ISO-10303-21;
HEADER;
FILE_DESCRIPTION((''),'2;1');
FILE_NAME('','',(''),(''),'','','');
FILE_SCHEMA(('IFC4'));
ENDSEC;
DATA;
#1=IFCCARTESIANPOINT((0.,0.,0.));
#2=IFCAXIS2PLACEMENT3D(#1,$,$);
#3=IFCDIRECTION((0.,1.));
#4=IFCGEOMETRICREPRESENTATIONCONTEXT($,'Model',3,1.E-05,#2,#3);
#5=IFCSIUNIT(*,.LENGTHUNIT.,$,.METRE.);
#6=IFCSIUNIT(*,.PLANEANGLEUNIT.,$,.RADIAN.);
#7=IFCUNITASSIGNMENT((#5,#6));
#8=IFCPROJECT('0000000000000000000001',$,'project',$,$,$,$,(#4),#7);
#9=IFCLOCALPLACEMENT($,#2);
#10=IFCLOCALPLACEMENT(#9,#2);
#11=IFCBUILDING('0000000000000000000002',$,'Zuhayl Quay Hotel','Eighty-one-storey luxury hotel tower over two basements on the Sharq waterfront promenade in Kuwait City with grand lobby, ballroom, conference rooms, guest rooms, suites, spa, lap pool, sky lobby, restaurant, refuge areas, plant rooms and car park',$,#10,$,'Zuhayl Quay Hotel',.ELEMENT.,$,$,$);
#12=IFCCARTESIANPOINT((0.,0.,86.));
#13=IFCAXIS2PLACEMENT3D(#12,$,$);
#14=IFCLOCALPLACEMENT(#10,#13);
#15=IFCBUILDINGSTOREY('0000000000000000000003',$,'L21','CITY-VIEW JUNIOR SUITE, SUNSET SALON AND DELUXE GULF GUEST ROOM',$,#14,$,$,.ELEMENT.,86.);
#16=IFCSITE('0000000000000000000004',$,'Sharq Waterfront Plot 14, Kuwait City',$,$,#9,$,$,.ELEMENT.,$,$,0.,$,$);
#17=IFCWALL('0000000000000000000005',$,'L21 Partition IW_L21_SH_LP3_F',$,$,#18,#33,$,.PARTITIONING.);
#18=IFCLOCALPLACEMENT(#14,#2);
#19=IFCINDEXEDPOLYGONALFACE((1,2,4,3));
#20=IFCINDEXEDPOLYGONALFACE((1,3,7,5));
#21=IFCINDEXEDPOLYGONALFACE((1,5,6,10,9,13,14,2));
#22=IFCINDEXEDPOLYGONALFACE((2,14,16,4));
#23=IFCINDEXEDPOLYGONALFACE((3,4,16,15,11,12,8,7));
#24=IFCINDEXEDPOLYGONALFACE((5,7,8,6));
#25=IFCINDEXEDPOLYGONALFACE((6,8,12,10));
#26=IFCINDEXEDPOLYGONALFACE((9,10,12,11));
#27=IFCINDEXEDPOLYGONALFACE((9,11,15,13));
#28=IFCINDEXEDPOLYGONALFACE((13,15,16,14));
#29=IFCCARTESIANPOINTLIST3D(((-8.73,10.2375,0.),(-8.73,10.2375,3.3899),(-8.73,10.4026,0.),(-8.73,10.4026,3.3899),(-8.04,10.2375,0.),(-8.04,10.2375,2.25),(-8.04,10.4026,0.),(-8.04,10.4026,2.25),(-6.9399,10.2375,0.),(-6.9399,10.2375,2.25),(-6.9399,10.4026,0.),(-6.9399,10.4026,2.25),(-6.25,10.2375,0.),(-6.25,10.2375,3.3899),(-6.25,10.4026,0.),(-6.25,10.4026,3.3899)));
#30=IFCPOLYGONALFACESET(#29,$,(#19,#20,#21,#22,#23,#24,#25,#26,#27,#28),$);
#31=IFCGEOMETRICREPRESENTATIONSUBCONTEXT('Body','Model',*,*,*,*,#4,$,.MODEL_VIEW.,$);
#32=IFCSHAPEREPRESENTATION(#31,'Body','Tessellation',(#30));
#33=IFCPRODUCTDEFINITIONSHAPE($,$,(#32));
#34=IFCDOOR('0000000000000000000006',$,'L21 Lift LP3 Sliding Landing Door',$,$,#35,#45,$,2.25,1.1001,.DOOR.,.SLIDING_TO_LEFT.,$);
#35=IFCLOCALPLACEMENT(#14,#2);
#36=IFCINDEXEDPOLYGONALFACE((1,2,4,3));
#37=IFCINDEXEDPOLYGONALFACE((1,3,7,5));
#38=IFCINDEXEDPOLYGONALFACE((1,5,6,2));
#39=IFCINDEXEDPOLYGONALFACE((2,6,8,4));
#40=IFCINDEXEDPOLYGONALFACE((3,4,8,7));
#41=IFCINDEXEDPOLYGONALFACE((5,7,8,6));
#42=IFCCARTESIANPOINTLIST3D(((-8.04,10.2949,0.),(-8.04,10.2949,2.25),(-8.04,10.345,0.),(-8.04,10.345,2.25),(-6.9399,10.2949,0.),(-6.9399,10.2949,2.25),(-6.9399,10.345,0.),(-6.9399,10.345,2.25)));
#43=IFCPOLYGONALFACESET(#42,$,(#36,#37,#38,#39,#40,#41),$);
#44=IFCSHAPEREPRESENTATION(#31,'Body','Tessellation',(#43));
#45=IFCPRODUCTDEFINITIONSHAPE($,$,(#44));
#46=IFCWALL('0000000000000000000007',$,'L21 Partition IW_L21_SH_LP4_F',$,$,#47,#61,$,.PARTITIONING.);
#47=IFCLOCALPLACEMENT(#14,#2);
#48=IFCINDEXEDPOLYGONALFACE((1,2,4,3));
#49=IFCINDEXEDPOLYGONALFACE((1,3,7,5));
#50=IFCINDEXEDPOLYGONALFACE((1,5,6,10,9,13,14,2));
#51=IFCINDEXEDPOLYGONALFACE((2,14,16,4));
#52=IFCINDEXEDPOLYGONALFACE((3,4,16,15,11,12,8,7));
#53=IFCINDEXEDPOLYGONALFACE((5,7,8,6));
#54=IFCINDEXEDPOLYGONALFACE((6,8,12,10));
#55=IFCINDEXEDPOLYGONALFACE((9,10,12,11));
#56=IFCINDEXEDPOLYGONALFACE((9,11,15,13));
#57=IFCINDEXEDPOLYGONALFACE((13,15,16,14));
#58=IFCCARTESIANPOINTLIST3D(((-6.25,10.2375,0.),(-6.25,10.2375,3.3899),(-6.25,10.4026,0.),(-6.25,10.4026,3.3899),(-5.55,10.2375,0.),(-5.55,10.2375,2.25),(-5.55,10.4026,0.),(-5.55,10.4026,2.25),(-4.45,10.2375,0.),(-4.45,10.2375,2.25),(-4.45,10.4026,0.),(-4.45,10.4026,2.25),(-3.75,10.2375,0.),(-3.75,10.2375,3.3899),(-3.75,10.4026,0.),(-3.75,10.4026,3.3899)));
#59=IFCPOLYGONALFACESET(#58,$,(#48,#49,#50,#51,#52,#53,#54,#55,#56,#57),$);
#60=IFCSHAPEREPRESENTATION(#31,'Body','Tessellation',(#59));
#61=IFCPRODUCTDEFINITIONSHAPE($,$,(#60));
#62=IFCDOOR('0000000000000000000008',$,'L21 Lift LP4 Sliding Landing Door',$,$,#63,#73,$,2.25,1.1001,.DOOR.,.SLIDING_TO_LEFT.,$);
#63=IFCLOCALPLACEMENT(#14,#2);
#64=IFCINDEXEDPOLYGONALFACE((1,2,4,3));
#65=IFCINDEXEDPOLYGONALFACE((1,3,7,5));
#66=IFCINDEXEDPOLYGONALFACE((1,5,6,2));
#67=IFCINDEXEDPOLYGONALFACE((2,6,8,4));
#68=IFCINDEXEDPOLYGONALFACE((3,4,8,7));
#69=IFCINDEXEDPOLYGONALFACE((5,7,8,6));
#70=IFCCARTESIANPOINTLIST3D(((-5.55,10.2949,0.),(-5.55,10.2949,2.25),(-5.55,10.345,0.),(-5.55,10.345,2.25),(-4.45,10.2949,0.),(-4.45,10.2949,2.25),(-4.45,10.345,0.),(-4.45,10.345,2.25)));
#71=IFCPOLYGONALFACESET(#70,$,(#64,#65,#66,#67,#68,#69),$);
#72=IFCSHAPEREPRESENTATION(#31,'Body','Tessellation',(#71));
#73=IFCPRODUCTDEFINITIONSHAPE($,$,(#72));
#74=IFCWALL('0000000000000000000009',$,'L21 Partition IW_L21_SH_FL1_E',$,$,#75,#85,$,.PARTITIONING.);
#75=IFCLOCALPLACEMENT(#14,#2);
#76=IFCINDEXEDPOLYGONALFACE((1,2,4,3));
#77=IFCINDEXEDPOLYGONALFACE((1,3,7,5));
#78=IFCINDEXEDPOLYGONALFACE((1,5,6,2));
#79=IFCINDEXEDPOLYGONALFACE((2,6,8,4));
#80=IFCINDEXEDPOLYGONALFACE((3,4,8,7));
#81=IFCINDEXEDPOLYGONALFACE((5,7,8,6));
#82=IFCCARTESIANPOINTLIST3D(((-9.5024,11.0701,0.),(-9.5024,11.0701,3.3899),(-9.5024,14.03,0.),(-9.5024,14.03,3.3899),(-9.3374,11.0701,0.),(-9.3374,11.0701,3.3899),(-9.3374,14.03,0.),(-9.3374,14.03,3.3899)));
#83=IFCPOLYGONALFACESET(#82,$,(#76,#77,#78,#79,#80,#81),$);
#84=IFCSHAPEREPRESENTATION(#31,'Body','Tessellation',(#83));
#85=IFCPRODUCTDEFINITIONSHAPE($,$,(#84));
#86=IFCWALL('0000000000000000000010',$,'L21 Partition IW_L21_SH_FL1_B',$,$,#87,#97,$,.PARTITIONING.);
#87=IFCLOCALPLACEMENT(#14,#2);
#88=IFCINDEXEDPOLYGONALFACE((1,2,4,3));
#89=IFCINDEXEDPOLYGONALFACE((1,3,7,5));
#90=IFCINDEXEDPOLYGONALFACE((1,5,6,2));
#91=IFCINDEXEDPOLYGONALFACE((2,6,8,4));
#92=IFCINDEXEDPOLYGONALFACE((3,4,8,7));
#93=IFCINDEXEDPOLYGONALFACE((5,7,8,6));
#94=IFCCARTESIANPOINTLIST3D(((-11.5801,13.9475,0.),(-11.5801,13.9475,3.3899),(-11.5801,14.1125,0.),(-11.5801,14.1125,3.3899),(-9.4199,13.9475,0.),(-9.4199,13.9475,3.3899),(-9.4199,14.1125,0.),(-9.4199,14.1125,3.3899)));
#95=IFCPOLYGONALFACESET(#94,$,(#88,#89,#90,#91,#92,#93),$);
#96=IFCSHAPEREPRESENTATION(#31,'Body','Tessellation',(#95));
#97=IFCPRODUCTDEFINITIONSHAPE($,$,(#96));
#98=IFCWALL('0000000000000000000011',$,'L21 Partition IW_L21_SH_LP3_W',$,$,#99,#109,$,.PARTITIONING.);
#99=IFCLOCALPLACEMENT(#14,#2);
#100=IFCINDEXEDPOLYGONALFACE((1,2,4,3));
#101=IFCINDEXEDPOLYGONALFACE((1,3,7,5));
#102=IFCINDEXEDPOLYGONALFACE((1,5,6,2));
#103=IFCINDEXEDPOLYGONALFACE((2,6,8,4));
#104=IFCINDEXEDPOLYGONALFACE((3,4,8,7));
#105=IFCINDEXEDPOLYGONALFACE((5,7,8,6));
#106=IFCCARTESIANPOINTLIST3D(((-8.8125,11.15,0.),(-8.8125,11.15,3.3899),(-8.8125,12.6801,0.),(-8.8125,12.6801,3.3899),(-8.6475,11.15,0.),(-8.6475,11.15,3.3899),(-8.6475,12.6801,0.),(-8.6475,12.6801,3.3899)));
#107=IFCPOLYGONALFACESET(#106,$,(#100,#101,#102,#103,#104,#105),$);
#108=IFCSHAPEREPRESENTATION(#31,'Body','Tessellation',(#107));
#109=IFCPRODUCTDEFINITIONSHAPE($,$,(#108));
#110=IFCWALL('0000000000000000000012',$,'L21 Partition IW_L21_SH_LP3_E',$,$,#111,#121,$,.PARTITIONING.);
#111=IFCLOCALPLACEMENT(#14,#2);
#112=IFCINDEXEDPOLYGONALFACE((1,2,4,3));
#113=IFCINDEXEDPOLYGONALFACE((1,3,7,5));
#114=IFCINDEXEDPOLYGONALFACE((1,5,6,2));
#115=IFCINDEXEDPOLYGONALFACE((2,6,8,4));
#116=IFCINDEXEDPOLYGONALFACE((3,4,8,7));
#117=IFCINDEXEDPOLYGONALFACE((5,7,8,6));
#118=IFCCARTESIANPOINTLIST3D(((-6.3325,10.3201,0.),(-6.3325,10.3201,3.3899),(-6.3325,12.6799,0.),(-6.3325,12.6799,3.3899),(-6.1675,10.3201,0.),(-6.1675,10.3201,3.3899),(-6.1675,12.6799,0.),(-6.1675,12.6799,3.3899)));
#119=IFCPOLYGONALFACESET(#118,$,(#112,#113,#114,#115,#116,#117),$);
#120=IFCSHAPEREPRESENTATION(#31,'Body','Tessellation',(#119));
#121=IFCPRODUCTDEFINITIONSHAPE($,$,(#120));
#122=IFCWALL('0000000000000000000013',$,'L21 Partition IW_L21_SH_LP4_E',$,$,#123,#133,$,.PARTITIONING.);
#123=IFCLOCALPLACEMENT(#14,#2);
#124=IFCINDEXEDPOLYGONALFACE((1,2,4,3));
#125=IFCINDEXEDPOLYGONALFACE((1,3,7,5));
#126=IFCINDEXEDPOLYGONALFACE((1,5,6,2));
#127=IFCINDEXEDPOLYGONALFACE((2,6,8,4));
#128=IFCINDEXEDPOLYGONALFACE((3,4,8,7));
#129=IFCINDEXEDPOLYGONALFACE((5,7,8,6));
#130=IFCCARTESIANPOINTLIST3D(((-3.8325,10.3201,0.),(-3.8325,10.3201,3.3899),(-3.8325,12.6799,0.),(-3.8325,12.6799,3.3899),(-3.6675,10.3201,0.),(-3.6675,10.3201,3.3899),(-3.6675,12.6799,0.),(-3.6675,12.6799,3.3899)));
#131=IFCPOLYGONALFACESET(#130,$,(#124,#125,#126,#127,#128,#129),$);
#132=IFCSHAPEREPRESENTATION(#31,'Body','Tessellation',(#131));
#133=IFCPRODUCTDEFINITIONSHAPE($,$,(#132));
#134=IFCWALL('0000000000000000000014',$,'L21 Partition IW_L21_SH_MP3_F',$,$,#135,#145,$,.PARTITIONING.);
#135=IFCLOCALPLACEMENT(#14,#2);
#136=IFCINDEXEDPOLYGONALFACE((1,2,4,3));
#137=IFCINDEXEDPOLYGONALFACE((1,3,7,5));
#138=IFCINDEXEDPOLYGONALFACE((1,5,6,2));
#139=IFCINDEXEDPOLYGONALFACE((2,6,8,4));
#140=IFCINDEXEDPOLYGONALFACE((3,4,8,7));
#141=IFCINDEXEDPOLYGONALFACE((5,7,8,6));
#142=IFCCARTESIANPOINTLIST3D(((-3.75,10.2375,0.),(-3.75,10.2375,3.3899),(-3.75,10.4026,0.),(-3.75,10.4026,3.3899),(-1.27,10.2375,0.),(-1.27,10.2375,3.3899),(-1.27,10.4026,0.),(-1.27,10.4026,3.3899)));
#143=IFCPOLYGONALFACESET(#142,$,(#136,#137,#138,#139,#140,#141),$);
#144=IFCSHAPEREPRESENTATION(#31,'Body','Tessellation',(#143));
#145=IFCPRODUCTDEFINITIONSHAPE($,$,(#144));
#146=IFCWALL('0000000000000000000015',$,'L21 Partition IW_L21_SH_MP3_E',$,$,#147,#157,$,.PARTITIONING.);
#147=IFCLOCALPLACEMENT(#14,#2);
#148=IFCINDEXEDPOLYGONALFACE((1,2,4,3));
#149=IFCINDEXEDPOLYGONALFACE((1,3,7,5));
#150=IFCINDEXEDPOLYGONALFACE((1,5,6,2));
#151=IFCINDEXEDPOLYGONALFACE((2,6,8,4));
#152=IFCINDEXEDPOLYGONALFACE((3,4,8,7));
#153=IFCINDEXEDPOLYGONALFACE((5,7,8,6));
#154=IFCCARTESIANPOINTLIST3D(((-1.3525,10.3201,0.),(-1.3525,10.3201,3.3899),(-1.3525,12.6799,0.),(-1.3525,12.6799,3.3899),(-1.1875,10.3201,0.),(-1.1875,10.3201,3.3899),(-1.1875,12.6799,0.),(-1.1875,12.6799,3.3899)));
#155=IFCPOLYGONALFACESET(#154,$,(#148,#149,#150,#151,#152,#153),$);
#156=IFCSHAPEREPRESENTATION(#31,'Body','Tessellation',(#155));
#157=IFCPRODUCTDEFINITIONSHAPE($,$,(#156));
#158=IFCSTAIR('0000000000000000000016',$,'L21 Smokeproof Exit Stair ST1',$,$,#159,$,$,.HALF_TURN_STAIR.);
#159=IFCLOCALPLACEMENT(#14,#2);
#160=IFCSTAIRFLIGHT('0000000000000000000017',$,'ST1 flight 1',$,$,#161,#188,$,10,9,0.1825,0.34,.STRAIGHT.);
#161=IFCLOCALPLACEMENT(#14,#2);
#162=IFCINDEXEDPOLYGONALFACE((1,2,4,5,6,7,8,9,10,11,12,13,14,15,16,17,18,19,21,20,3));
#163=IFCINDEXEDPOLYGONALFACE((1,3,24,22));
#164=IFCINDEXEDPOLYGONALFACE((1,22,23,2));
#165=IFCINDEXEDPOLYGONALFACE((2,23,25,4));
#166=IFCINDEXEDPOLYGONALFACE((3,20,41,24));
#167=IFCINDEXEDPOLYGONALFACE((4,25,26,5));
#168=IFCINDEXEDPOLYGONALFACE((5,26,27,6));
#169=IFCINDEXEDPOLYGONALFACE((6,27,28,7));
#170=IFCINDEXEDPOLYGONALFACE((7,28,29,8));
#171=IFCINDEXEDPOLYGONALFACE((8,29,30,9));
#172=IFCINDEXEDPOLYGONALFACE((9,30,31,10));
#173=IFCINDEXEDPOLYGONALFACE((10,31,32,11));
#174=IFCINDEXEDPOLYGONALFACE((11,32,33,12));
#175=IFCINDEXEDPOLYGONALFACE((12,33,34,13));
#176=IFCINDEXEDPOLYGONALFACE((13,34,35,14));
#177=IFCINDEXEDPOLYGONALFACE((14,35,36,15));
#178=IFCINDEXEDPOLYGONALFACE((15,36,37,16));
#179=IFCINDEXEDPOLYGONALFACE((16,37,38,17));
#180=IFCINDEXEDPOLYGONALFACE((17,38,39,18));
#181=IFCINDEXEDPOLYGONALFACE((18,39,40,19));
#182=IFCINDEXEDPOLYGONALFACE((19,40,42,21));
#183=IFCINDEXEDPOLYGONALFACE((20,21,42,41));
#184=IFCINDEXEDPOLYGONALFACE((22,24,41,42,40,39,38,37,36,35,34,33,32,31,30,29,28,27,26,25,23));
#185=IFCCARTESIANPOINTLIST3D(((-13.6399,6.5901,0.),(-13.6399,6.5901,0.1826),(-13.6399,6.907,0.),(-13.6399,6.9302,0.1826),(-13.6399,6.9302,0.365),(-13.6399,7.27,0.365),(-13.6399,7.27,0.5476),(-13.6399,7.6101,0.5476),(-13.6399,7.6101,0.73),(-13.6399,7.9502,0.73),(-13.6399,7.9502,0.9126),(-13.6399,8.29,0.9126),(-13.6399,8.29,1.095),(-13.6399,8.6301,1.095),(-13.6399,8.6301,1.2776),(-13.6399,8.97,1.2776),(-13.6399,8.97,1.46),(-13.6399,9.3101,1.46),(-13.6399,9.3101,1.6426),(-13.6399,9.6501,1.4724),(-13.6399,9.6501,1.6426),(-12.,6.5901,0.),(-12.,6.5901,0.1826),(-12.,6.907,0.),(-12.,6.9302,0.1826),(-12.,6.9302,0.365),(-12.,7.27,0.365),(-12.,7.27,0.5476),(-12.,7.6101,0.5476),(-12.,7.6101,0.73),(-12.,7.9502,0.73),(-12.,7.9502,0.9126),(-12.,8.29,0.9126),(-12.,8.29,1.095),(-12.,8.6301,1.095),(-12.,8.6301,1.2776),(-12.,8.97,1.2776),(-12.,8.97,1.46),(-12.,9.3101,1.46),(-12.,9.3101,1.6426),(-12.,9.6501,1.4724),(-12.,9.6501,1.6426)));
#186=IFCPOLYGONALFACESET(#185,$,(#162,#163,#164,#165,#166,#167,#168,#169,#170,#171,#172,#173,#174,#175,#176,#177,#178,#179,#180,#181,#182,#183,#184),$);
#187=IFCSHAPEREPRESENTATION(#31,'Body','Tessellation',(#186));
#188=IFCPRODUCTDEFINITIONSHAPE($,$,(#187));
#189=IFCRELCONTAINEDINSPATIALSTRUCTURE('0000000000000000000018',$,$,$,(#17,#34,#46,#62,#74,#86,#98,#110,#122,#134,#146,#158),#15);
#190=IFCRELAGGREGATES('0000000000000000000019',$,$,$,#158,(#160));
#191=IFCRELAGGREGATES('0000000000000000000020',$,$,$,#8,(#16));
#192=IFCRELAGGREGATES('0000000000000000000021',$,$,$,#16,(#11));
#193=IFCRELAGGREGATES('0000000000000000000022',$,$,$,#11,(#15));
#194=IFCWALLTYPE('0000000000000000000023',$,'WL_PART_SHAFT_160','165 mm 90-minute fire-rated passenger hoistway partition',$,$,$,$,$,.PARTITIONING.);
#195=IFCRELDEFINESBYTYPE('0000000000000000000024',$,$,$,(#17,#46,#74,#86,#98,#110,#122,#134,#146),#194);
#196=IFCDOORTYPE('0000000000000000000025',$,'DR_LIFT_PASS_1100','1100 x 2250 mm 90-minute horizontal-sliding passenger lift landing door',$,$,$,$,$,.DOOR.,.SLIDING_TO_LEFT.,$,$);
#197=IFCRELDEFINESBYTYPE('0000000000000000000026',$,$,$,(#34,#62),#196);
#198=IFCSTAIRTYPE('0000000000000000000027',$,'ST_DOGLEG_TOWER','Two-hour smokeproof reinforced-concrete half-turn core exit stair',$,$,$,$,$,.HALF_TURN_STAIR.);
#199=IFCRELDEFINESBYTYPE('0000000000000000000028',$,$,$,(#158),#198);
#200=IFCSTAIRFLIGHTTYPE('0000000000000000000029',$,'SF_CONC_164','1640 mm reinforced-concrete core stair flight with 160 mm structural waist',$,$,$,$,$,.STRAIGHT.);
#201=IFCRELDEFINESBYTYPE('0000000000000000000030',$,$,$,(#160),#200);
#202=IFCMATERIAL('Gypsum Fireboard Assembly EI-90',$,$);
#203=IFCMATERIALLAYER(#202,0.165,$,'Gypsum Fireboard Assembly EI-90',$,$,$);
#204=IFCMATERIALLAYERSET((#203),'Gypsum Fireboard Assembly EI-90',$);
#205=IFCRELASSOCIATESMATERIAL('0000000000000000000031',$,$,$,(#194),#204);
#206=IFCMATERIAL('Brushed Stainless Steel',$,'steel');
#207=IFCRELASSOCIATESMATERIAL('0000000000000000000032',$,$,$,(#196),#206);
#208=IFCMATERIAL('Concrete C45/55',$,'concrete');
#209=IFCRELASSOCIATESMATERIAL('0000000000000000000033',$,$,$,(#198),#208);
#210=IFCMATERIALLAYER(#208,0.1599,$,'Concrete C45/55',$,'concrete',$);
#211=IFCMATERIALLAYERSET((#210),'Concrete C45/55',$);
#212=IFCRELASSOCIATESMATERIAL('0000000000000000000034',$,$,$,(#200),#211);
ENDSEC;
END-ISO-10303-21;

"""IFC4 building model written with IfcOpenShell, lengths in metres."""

from ifc_helpers import new_model, si_unit, direction, frame, frame_2d, origin, place, context, subcontext, project, spatial, polyline, rectangle, outline, extrude, material, layer, layer_set, type_object, element, fill, aggregate, save


model = new_model("IFC4")

# Units and contexts
model_context = context("Model", 3, precision=1e-05, world=origin(), true_north=direction((0.0, 1.0)))
body_context = subcontext(model_context, "Body", "Model", "MODEL_VIEW")
ifc_project = project(units=[si_unit("LENGTHUNIT", "METRE"), si_unit("PLANEANGLEUNIT", "RADIAN")], contexts=[model_context])

# Site, building, storey
site_placement = place(None, origin())
site = spatial("IfcSite", under=ifc_project, at=site_placement, Name="Sharq Waterfront Plot 14, Kuwait City", CompositionType="ELEMENT", RefElevation=0.0)
building_placement = place(site_placement, origin())
building = spatial("IfcBuilding", under=site, at=building_placement, Name="Zuhayl Quay Hotel", Description="Eighty-one-storey luxury hotel tower over two basements on the Sharq waterfront promenade in Kuwait City with grand lobby, ballroom, conference rooms, guest rooms, suites, spa, lap pool, sky lobby, restaurant, refuge areas, plant rooms and car park", LongName="Zuhayl Quay Hotel", CompositionType="ELEMENT")
storey_placement = place(building_placement, frame((0.0, 0.0, 86.0)))
storey = spatial("IfcBuildingStorey", under=building, at=storey_placement, Name="L21", Description="CITY-VIEW JUNIOR SUITE, SUNSET SALON AND DELUXE GULF GUEST ROOM", CompositionType="ELEMENT", Elevation=86.0)

# Walls, openings, doors
ifc_material_1 = material(Name="Gypsum Fireboard Assembly EI-90")
ifc_layer_1 = layer(ifc_material_1, 0.165, Name="Gypsum Fireboard Assembly EI-90")
ifc_layer_set_1 = layer_set([ifc_layer_1], Name="Gypsum Fireboard Assembly EI-90")
wall_type_1 = type_object("IfcWallType", Name="WL_PART_SHAFT_160", Description="165 mm 90-minute fire-rated passenger hoistway partition", PredefinedType="PARTITIONING", material=ifc_layer_set_1)
ifc_material_2 = material(Name="Brushed Stainless Steel", Category="steel")
wall_1_placement = place(storey_placement, frame((-8.73, 10.3201, 0.0), z_axis=(0.0, 0.0, 1.0), x_axis=(1.0, 0.0, 0.0)))
wall_1 = element("IfcWall", 1, at=wall_1_placement, inside=storey, type_object=wall_type_1, Name="L21 Partition IW_L21_SH_LP3_F", PredefinedType="PARTITIONING", context=body_context, shape_type="SweptSolid", body=[
    extrude(rectangle(XDim=2.48, YDim=0.165, at=frame_2d((1.24, 0.0))), origin(), (0.0, 0.0, 1.0), 3.3899),
])
opening_1_placement = place(wall_1_placement, frame((0.6899, 0.0, 0.0)))
opening_1 = element("IfcOpeningElement", 2, at=opening_1_placement, cuts=wall_1, PredefinedType="OPENING", context=body_context, shape_type="SweptSolid", body=[
    extrude(rectangle(XDim=1.1001, YDim=2.25, at=frame_2d((0.55, 1.125))), frame((0.0, 0.0925, 0.0), z_axis=(0.0, -1.0, 0.0), x_axis=(1.0, 0.0, 0.0)), (0.0, 0.0, 1.0), 0.1851),
])
door_type_1 = type_object("IfcDoorType", Name="DR_LIFT_PASS_1100", Description="1100 x 2250 mm 90-minute horizontal-sliding passenger lift landing door", OperationType="SLIDING_TO_LEFT", PredefinedType="DOOR", material=ifc_material_2)
door_1_placement = place(opening_1_placement, origin())
door_1 = element("IfcDoor", 3, at=door_1_placement, inside=storey, type_object=door_type_1, Name="L21 Lift LP3 Sliding Landing Door", OperationType="SLIDING_TO_LEFT", OverallHeight=2.25, OverallWidth=1.1001, PredefinedType="DOOR", context=body_context, shape_type="SweptSolid", body=[
    extrude(rectangle(XDim=1.1001, YDim=2.25, at=frame_2d((0.55, 1.125))), frame((0.0, 0.0249, 0.0), z_axis=(0.0, -1.0, 0.0), x_axis=(1.0, 0.0, 0.0)), (0.0, 0.0, 1.0), 0.05),
])
fill(opening_1, door_1)
wall_2_placement = place(storey_placement, frame((-6.25, 10.3201, 0.0), z_axis=(0.0, 0.0, 1.0), x_axis=(1.0, 0.0, 0.0)))
wall_2 = element("IfcWall", 4, at=wall_2_placement, inside=storey, type_object=wall_type_1, Name="L21 Partition IW_L21_SH_LP4_F", PredefinedType="PARTITIONING", context=body_context, shape_type="SweptSolid", body=[
    extrude(rectangle(XDim=2.5, YDim=0.165, at=frame_2d((1.25, 0.0))), origin(), (0.0, 0.0, 1.0), 3.3899),
])
opening_2_placement = place(wall_2_placement, frame((0.7, 0.0, 0.0)))
opening_2 = element("IfcOpeningElement", 5, at=opening_2_placement, cuts=wall_2, PredefinedType="OPENING", context=body_context, shape_type="SweptSolid", body=[
    extrude(rectangle(XDim=1.1001, YDim=2.25, at=frame_2d((0.55, 1.125))), frame((0.0, 0.0925, 0.0), z_axis=(0.0, -1.0, 0.0), x_axis=(1.0, 0.0, 0.0)), (0.0, 0.0, 1.0), 0.1851),
])
door_2_placement = place(opening_2_placement, origin())
door_2 = element("IfcDoor", 6, at=door_2_placement, inside=storey, type_object=door_type_1, Name="L21 Lift LP4 Sliding Landing Door", OperationType="SLIDING_TO_LEFT", OverallHeight=2.25, OverallWidth=1.1001, PredefinedType="DOOR", context=body_context, shape_type="SweptSolid", body=[
    extrude(rectangle(XDim=1.1001, YDim=2.25, at=frame_2d((0.55, 1.125))), frame((0.0, 0.0249, 0.0), z_axis=(0.0, -1.0, 0.0), x_axis=(1.0, 0.0, 0.0)), (0.0, 0.0, 1.0), 0.05),
])
fill(opening_2, door_2)

# Walls
wall_3_placement = place(storey_placement, frame((-9.4199, 11.0701, 0.0), z_axis=(0.0, 0.0, 1.0), x_axis=(0.0, 1.0, 0.0)))
element("IfcWall", 7, at=wall_3_placement, inside=storey, type_object=wall_type_1, Name="L21 Partition IW_L21_SH_FL1_E", PredefinedType="PARTITIONING", context=body_context, shape_type="SweptSolid", body=[
    extrude(rectangle(XDim=2.96, YDim=0.165, at=frame_2d((1.48, 0.0))), origin(), (0.0, 0.0, 1.0), 3.3899),
])
wall_4_placement = place(storey_placement, frame((-11.5801, 14.03, 0.0), z_axis=(0.0, 0.0, 1.0), x_axis=(1.0, 0.0, 0.0)))
element("IfcWall", 8, at=wall_4_placement, inside=storey, type_object=wall_type_1, Name="L21 Partition IW_L21_SH_FL1_B", PredefinedType="PARTITIONING", context=body_context, shape_type="SweptSolid", body=[
    extrude(rectangle(XDim=2.1602, YDim=0.165, at=frame_2d((1.0801, 0.0))), origin(), (0.0, 0.0, 1.0), 3.3899),
])
wall_5_placement = place(storey_placement, frame((-8.73, 11.1499, 0.0), z_axis=(0.0, 0.0, 1.0), x_axis=(0.0, 1.0, 0.0)))
element("IfcWall", 9, at=wall_5_placement, inside=storey, type_object=wall_type_1, Name="L21 Partition IW_L21_SH_LP3_W", PredefinedType="PARTITIONING", context=body_context, shape_type="SweptSolid", body=[
    extrude(rectangle(XDim=1.53, YDim=0.165, at=frame_2d((0.7651, 0.0))), origin(), (0.0, 0.0, 1.0), 3.3899),
])
for number, where, z_axis, x_axis, name in (
    (10, (-6.25, 10.3201, 0.0), (0.0, 0.0, 1.0), (0.0, 1.0, 0.0), "L21 Partition IW_L21_SH_LP3_E"),
    (11, (-3.75, 10.3201, 0.0), (0.0, 0.0, 1.0), (0.0, 1.0, 0.0), "L21 Partition IW_L21_SH_LP4_E"),
):
    element("IfcWall", number, at=place(storey_placement, frame(where, z_axis=z_axis, x_axis=x_axis)), inside=storey, type_object=wall_type_1, Name=name, PredefinedType="PARTITIONING", context=body_context, shape_type="SweptSolid", body=[
        extrude(rectangle(XDim=2.3599, YDim=0.165, at=frame_2d((1.1799, 0.0))), origin(), (0.0, 0.0, 1.0), 3.3899),
    ])
wall_6_placement = place(storey_placement, frame((-3.75, 10.3201, 0.0), z_axis=(0.0, 0.0, 1.0), x_axis=(1.0, 0.0, 0.0)))
element("IfcWall", 12, at=wall_6_placement, inside=storey, type_object=wall_type_1, Name="L21 Partition IW_L21_SH_MP3_F", PredefinedType="PARTITIONING", context=body_context, shape_type="SweptSolid", body=[
    extrude(rectangle(XDim=2.48, YDim=0.165, at=frame_2d((1.24, 0.0))), origin(), (0.0, 0.0, 1.0), 3.3899),
])
wall_7_placement = place(storey_placement, frame((-1.27, 10.3201, 0.0), z_axis=(0.0, 0.0, 1.0), x_axis=(0.0, 1.0, 0.0)))
element("IfcWall", 13, at=wall_7_placement, inside=storey, type_object=wall_type_1, Name="L21 Partition IW_L21_SH_MP3_E", PredefinedType="PARTITIONING", context=body_context, shape_type="SweptSolid", body=[
    extrude(rectangle(XDim=2.3599, YDim=0.165, at=frame_2d((1.1799, 0.0))), origin(), (0.0, 0.0, 1.0), 3.3899),
])

# Stair, stair flight
ifc_material_3 = material(Name="Concrete C45/55", Category="concrete")
stair_type = type_object("IfcStairType", Name="ST_DOGLEG_TOWER", Description="Two-hour smokeproof reinforced-concrete half-turn core exit stair", PredefinedType="HALF_TURN_STAIR", material=ifc_material_3)
stair_placement = place(storey_placement, origin())
stair = element("IfcStair", 14, at=stair_placement, inside=storey, type_object=stair_type, Name="L21 Smokeproof Exit Stair ST1", PredefinedType="HALF_TURN_STAIR")
ifc_layer_2 = layer(ifc_material_3, 0.1599, Name="Concrete C45/55", Category="concrete")
ifc_layer_set_2 = layer_set([ifc_layer_2], Name="Concrete C45/55")
stair_flight_type = type_object("IfcStairFlightType", Name="SF_CONC_164", Description="1640 mm reinforced-concrete core stair flight with 160 mm structural waist", PredefinedType="STRAIGHT", material=ifc_layer_set_2)
stair_flight_placement = place(storey_placement, frame((-12.8201, 6.5901, 0.0), z_axis=(0.0, 0.0, 1.0), x_axis=(0.0, 1.0, 0.0)))
stair_flight = element("IfcStairFlight", 15, at=stair_flight_placement, type_object=stair_flight_type, Name="ST1 flight 1", NumberOfRisers=10, NumberOfTreads=9, PredefinedType="STRAIGHT", RiserHeight=0.1825, TreadLength=0.34, context=body_context, shape_type="SweptSolid", body=[
    extrude(outline(polyline([(0.0, 0.0), (0.0, 0.1826), (0.3401, 0.1826), (0.3401, 0.365), (0.6799, 0.365), (0.6799, 0.5476), (1.02, 0.5476), (1.02, 0.73), (1.3601, 0.73), (1.3601, 0.9126), (1.7, 0.9126), (1.7, 1.095), (2.04, 1.095), (2.04, 1.2776), (2.3799, 1.2776), (2.3799, 1.46), (2.72, 1.46), (2.72, 1.6426), (3.0601, 1.6426), (3.0601, 1.825), (3.0601, 1.4724), (0.3169, 0.0), (0.0, 0.0)])), frame((0.0, 0.8198, 0.0), z_axis=(0.0, -1.0, 0.0), x_axis=(1.0, 0.0, 0.0)), (0.0, 0.0, 1.0), 1.6399),
])
aggregate(stair, [stair_flight])

save(model, "model.ifc")
